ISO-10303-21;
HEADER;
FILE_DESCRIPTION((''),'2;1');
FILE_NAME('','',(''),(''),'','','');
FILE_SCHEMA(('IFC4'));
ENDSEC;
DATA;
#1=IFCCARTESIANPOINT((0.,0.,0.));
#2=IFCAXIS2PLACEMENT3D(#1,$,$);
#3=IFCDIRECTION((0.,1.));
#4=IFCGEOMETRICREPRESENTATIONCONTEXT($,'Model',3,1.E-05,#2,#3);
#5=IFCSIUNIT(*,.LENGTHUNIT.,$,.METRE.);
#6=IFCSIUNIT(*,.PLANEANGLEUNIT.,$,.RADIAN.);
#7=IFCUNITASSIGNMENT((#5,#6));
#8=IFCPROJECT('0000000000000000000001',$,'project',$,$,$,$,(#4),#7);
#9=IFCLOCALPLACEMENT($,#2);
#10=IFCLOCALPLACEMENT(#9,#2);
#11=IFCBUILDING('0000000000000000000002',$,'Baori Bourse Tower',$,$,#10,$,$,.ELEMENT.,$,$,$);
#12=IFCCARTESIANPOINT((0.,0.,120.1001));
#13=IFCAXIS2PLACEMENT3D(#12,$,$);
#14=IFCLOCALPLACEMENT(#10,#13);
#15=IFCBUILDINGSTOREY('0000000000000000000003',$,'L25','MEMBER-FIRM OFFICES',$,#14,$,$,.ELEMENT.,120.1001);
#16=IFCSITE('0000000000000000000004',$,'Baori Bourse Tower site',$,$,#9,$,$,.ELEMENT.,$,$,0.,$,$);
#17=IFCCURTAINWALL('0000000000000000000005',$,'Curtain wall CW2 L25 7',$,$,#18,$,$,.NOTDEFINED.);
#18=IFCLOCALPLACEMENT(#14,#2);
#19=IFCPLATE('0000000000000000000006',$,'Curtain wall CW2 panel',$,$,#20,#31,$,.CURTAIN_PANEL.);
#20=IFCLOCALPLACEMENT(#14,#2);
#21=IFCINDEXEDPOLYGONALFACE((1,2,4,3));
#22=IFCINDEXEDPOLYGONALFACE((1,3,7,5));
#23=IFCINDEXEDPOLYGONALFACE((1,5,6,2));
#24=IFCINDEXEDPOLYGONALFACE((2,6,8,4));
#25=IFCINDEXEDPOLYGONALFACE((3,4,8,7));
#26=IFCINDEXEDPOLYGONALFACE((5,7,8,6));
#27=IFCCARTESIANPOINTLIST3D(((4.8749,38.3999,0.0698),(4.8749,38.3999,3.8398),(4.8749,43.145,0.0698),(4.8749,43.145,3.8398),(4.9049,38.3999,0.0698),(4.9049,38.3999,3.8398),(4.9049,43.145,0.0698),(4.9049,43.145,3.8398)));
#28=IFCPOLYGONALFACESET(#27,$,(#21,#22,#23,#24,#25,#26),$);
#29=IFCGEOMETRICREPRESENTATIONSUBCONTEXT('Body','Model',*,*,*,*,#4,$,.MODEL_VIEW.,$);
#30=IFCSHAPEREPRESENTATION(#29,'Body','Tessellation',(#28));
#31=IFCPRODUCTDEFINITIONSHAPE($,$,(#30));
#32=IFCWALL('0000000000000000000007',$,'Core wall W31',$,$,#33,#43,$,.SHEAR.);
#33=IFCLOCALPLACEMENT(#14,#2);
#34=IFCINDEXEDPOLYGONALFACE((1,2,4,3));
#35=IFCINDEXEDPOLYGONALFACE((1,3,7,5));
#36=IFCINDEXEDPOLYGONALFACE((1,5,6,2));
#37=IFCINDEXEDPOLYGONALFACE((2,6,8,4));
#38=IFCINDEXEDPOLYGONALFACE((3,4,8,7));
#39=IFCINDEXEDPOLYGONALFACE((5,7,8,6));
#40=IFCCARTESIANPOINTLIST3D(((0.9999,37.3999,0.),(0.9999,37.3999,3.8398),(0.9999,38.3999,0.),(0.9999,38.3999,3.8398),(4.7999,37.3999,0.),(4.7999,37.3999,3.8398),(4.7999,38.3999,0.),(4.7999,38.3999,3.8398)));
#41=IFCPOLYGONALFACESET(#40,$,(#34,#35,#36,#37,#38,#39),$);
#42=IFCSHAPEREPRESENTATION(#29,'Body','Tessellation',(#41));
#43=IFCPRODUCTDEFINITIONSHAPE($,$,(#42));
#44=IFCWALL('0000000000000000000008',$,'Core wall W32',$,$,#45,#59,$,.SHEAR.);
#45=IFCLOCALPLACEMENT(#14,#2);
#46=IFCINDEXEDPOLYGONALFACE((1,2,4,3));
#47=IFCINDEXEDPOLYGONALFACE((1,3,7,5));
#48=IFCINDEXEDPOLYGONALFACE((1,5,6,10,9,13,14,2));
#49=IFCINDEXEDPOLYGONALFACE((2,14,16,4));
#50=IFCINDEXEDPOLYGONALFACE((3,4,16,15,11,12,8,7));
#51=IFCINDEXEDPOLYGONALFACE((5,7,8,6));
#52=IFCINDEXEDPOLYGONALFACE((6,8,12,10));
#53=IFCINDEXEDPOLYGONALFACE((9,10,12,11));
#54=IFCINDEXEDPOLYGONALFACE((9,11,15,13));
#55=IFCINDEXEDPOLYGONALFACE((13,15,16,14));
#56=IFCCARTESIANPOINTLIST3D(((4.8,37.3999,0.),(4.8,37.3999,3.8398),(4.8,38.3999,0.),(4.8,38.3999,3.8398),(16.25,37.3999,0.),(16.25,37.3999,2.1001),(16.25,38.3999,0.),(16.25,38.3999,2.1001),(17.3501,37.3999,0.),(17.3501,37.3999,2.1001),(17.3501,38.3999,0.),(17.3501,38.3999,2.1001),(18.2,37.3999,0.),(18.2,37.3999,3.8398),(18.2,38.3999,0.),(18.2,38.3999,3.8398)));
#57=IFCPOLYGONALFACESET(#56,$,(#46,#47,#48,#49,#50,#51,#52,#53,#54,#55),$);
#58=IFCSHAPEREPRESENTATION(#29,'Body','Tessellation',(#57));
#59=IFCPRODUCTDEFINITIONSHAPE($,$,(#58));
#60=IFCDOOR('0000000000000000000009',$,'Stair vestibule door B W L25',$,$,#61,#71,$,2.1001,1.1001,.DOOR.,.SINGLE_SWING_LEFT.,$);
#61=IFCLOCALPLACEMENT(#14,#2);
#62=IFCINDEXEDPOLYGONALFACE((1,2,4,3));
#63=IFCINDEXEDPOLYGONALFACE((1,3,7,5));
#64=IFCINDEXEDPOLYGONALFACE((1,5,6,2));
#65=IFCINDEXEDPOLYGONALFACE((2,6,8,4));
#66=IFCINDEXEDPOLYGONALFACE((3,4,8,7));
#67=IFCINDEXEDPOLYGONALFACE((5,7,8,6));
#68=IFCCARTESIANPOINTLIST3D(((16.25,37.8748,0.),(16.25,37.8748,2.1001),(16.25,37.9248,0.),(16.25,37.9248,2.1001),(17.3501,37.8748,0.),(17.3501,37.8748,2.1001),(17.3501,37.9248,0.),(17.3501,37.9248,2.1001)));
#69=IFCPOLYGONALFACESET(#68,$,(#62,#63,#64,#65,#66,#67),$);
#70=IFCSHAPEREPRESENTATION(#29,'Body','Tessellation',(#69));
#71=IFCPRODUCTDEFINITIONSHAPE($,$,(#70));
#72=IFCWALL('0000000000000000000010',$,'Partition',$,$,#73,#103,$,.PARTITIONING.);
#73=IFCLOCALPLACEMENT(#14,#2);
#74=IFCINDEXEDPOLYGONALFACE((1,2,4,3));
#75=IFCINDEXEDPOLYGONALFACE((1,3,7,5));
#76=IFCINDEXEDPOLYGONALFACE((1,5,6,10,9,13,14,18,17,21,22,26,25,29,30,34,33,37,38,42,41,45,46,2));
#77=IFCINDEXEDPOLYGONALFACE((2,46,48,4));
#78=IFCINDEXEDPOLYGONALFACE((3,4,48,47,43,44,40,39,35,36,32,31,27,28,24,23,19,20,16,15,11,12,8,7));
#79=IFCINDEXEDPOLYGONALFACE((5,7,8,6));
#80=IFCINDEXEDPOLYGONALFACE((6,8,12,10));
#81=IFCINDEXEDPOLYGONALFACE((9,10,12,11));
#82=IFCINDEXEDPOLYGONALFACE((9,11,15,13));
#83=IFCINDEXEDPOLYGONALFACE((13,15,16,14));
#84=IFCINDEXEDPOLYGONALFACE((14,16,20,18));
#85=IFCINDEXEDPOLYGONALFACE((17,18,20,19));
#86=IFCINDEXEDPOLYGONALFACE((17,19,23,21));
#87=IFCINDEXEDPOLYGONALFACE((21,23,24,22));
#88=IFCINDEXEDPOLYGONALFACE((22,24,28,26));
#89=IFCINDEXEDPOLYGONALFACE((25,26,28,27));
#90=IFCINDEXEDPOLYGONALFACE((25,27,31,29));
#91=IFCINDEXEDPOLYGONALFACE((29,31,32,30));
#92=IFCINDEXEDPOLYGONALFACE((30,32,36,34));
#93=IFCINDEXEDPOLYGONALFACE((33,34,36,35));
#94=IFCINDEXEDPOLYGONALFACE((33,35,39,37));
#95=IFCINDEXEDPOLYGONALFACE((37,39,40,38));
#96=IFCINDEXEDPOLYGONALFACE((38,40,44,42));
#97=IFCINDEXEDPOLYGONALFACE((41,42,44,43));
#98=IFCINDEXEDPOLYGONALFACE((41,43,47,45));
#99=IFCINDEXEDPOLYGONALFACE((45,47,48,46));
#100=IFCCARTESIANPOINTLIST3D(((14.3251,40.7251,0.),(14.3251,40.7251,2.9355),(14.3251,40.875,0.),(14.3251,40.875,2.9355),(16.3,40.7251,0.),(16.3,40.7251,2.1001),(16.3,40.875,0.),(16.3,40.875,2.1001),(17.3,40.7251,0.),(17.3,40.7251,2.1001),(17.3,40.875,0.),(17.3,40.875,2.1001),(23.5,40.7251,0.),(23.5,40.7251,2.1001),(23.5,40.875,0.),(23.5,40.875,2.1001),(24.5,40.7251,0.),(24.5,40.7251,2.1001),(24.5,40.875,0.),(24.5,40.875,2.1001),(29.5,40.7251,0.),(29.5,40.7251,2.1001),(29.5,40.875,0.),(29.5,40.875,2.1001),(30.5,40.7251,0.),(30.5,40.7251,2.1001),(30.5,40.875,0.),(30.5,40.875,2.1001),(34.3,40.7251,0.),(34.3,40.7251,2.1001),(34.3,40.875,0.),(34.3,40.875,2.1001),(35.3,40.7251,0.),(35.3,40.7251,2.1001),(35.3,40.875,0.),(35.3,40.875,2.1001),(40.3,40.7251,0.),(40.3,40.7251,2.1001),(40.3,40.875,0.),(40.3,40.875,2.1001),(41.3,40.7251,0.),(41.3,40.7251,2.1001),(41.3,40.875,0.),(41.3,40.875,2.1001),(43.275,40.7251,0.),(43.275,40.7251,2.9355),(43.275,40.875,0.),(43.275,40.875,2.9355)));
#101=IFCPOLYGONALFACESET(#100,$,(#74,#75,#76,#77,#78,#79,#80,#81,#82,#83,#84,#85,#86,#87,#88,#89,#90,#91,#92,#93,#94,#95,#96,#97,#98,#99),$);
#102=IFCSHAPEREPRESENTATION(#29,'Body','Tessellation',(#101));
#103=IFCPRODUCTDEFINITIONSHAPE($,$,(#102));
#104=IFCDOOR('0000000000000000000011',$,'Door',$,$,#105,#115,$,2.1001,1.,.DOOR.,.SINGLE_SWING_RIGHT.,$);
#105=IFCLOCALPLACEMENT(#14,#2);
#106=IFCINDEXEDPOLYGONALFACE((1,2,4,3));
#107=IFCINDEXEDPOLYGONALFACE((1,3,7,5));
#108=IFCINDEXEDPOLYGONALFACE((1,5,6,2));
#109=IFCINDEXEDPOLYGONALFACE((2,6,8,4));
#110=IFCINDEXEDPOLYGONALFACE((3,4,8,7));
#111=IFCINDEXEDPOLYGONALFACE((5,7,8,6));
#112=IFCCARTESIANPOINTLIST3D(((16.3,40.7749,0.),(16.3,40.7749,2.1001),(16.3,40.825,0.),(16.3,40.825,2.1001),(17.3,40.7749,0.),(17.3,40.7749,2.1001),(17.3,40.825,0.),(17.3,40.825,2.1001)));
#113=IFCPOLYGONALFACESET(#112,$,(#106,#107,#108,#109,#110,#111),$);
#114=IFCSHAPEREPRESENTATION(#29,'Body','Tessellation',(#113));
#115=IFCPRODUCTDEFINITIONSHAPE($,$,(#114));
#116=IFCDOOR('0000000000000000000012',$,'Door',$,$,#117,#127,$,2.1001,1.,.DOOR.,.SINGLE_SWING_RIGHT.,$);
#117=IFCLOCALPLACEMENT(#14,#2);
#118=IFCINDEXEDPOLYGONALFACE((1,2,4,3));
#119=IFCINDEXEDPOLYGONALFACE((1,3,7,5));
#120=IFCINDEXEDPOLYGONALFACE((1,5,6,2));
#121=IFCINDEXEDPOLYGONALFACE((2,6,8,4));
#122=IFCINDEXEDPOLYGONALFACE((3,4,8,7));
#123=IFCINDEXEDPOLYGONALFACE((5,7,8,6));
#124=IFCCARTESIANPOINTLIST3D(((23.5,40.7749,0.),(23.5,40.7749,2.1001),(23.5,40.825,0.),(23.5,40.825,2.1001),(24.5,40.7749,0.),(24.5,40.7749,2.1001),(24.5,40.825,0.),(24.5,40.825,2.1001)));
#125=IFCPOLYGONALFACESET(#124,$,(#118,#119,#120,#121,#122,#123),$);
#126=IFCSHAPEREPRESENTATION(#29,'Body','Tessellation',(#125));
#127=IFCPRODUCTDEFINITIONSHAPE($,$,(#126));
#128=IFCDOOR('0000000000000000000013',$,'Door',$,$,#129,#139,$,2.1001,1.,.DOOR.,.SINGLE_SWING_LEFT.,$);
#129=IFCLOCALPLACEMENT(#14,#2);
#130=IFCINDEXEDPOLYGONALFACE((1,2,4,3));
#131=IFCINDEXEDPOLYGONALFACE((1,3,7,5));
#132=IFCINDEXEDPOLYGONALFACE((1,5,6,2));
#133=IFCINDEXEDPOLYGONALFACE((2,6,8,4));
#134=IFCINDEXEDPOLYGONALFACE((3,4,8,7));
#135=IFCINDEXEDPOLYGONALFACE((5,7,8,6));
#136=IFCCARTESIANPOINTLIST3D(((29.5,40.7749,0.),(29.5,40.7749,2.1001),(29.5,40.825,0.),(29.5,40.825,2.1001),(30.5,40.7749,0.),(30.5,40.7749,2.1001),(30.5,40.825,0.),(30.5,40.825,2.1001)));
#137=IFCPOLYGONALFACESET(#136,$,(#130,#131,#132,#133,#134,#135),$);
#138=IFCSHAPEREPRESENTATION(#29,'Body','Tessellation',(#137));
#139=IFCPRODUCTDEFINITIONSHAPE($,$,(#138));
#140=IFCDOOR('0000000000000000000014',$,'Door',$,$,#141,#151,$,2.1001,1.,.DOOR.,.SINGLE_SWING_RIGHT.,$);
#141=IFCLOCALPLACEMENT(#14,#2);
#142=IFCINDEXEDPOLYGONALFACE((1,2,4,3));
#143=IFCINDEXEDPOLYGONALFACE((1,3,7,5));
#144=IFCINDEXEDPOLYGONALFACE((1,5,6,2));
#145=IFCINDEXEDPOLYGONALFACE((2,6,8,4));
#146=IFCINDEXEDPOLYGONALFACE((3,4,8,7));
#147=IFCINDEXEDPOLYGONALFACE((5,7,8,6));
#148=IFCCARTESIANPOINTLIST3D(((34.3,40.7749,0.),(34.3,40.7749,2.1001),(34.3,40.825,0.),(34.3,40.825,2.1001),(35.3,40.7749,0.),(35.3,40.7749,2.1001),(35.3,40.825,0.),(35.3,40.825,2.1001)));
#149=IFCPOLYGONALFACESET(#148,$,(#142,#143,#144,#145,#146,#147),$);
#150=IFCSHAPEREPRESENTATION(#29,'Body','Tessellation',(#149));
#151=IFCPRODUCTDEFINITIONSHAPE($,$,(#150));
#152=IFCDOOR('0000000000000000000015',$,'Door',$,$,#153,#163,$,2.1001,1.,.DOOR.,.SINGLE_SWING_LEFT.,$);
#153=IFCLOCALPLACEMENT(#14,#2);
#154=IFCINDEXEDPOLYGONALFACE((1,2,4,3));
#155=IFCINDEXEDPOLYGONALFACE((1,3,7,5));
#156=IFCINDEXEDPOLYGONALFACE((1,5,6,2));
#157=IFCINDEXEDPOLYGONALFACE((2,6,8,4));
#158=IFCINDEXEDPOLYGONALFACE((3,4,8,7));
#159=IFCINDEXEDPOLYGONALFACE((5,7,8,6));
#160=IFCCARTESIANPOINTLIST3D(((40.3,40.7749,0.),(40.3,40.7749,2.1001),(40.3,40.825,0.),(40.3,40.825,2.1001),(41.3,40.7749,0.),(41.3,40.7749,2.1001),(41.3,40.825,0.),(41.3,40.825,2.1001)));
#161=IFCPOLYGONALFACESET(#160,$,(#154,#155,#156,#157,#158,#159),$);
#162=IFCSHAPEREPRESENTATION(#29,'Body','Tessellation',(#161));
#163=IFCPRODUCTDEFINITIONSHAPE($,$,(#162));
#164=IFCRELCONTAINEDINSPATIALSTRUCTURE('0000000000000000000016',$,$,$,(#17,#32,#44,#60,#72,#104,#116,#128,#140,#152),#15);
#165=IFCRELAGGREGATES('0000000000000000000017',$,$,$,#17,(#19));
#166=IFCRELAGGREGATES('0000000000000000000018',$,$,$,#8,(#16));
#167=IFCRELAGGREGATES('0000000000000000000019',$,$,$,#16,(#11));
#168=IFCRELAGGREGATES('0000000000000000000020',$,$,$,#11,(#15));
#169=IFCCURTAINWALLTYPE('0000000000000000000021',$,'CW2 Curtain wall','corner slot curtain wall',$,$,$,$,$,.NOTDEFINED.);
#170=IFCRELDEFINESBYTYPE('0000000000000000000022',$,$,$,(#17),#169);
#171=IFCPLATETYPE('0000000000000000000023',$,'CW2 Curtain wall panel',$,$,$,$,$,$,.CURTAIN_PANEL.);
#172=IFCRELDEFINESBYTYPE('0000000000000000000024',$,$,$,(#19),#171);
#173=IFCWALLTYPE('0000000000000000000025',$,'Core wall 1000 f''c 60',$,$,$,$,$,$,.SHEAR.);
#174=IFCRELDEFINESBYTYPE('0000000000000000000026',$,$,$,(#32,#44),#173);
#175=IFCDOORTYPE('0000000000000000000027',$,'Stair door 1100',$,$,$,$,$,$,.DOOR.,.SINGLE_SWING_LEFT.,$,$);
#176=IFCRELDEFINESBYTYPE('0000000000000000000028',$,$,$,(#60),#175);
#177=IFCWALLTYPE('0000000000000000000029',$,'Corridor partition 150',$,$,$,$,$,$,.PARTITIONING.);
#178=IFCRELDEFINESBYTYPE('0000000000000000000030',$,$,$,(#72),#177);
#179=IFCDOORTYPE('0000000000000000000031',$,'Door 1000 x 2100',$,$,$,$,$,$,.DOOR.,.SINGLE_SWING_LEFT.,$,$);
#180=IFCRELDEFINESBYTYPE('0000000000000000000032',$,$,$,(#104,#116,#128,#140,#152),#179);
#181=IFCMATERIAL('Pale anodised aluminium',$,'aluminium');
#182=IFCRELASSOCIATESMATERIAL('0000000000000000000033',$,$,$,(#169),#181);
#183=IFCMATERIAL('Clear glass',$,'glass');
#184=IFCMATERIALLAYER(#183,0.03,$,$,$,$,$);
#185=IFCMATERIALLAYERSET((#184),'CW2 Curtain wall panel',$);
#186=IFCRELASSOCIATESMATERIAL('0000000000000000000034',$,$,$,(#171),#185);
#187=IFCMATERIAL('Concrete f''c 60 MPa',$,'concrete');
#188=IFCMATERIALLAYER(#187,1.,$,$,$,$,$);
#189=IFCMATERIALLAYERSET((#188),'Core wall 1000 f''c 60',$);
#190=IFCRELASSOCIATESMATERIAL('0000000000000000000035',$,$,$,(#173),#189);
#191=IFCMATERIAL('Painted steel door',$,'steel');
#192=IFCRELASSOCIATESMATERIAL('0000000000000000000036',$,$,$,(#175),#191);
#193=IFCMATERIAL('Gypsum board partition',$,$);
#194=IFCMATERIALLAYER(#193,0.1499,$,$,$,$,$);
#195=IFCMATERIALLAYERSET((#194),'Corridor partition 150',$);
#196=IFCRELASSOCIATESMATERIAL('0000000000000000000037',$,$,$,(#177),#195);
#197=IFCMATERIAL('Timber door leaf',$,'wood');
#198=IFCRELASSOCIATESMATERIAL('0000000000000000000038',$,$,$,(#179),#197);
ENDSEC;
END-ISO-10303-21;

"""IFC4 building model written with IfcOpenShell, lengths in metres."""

from ifc_helpers import new_model, si_unit, direction, frame, frame_2d, origin, origin_2d, place, context, subcontext, project, spatial, rectangle, extrude, material, layer, layer_set, type_object, element, fill, aggregate, save


model = new_model("IFC4")

# Units and contexts
model_context = context("Model", 3, precision=1e-05, world=origin(), true_north=direction((0.0, 1.0)))
body_context = subcontext(model_context, "Body", "Model", "MODEL_VIEW")
ifc_project = project(units=[si_unit("LENGTHUNIT", "METRE"), si_unit("PLANEANGLEUNIT", "RADIAN")], contexts=[model_context])

# Site, building, storey
site_placement = place(None, origin())
site = spatial("IfcSite", under=ifc_project, at=site_placement, Name="Baori Bourse Tower site", CompositionType="ELEMENT", RefElevation=0.0)
building_placement = place(site_placement, origin())
building = spatial("IfcBuilding", under=site, at=building_placement, Name="Baori Bourse Tower", CompositionType="ELEMENT")
storey_placement = place(building_placement, frame((0.0, 0.0, 120.1001)))
storey = spatial("IfcBuildingStorey", under=building, at=storey_placement, Name="L25", Description="MEMBER-FIRM OFFICES", CompositionType="ELEMENT", Elevation=120.1001)

# Curtain wall
ifc_material_1 = material(Name="Pale anodised aluminium", Category="aluminium")
curtain_wall_type = type_object("IfcCurtainWallType", Name="CW2 Curtain wall", Description="corner slot curtain wall", PredefinedType="NOTDEFINED", material=ifc_material_1)
curtain_wall_1_placement = place(storey_placement, origin())
curtain_wall_1 = element("IfcCurtainWall", 1, at=curtain_wall_1_placement, inside=storey, type_object=curtain_wall_type, Name="Curtain wall CW2 L25 7", PredefinedType="NOTDEFINED")

# Plate
ifc_material_2 = material(Name="Clear glass", Category="glass")
ifc_layer_1 = layer(ifc_material_2, 0.03)
ifc_layer_set_1 = layer_set([ifc_layer_1], Name="CW2 Curtain wall panel")
plate_type = type_object("IfcPlateType", Name="CW2 Curtain wall panel", PredefinedType="CURTAIN_PANEL", material=ifc_layer_set_1)
plate_1_placement = place(storey_placement, frame((4.8899, 40.7725, 0.0698), z_axis=(0.0, 0.0, 1.0), x_axis=(0.0, -1.0, 0.0)))
plate_1 = element("IfcPlate", 2, at=plate_1_placement, type_object=plate_type, Name="Curtain wall CW2 panel", PredefinedType="CURTAIN_PANEL", context=body_context, shape_type="SweptSolid", body=[
    extrude(rectangle(XDim=4.7451, YDim=0.03, at=origin_2d()), origin(), (0.0, 0.0, 1.0), 3.77),
])
aggregate(curtain_wall_1, [plate_1])

# Wall
ifc_material_3 = material(Name="Concrete f'c 60 MPa", Category="concrete")
ifc_layer_2 = layer(ifc_material_3, 1.0)
ifc_layer_set_2 = layer_set([ifc_layer_2], Name="Core wall 1000 f'c 60")
wall_type_1 = type_object("IfcWallType", Name="Core wall 1000 f'c 60", PredefinedType="SHEAR", material=ifc_layer_set_2)
wall_1_placement = place(storey_placement, frame((1.0, 37.8999, 0.0), z_axis=(0.0, 0.0, 1.0), x_axis=(1.0, 0.0, 0.0)))
element("IfcWall", 3, at=wall_1_placement, inside=storey, type_object=wall_type_1, Name="Core wall W31", PredefinedType="SHEAR", context=body_context, shape_type="SweptSolid", body=[
    extrude(rectangle(XDim=3.8, YDim=1.0, at=frame_2d((1.8999, 0.0))), origin(), (0.0, 0.0, 1.0), 3.8398),
])

# Wall, opening, door
wall_2_placement = place(storey_placement, frame((4.8, 37.8999, 0.0), z_axis=(0.0, 0.0, 1.0), x_axis=(1.0, 0.0, 0.0)))
wall_2 = element("IfcWall", 4, at=wall_2_placement, inside=storey, type_object=wall_type_1, Name="Core wall W32", PredefinedType="SHEAR", context=body_context, shape_type="SweptSolid", body=[
    extrude(rectangle(XDim=13.3999, YDim=1.0, at=frame_2d((6.7, 0.0))), origin(), (0.0, 0.0, 1.0), 3.8398),
])
opening_1_placement = place(wall_2_placement, frame((11.45, 0.0, 0.0)))
opening_1 = element("IfcOpeningElement", 5, at=opening_1_placement, cuts=wall_2, PredefinedType="OPENING", context=body_context, shape_type="SweptSolid", body=[
    extrude(rectangle(XDim=1.1001, YDim=2.1001, at=frame_2d((0.55, 1.05))), frame((0.0, 0.51, 0.0), z_axis=(0.0, -1.0, 0.0), x_axis=(1.0, 0.0, 0.0)), (0.0, 0.0, 1.0), 1.02),
])
ifc_material_4 = material(Name="Painted steel door", Category="steel")
door_type_1 = type_object("IfcDoorType", Name="Stair door 1100", OperationType="SINGLE_SWING_LEFT", PredefinedType="DOOR", material=ifc_material_4)
door_1_placement = place(opening_1_placement, origin())
door_1 = element("IfcDoor", 6, at=door_1_placement, inside=storey, type_object=door_type_1, Name="Stair vestibule door B W L25", OperationType="SINGLE_SWING_LEFT", OverallHeight=2.1001, OverallWidth=1.1001, PredefinedType="DOOR", context=body_context, shape_type="SweptSolid", body=[
    extrude(rectangle(XDim=1.1001, YDim=2.1001, at=frame_2d((0.55, 1.05))), frame((0.0, 0.0249, 0.0), z_axis=(0.0, -1.0, 0.0), x_axis=(1.0, 0.0, 0.0)), (0.0, 0.0, 1.0), 0.05),
])
fill(opening_1, door_1)

# Wall, openings, doors
ifc_material_5 = material(Name="Gypsum board partition")
ifc_layer_3 = layer(ifc_material_5, 0.1499)
ifc_layer_set_3 = layer_set([ifc_layer_3], Name="Corridor partition 150")
wall_type_2 = type_object("IfcWallType", Name="Corridor partition 150", PredefinedType="PARTITIONING", material=ifc_layer_set_3)
wall_3_placement = place(storey_placement, frame((14.325, 40.8, 0.0), z_axis=(0.0, 0.0, 1.0), x_axis=(1.0, 0.0, 0.0)))
wall_3 = element("IfcWall", 7, at=wall_3_placement, inside=storey, type_object=wall_type_2, Name="Partition", PredefinedType="PARTITIONING", context=body_context, shape_type="SweptSolid", body=[
    extrude(rectangle(XDim=28.95, YDim=0.1499, at=frame_2d((14.4751, 0.0))), origin(), (0.0, 0.0, 1.0), 2.9355),
])
opening_2_placement = place(wall_3_placement, frame((1.9751, 0.0, 0.0)))
opening_2 = element("IfcOpeningElement", 8, at=opening_2_placement, cuts=wall_3, PredefinedType="OPENING", context=body_context, shape_type="SweptSolid", body=[
    extrude(rectangle(XDim=1.0, YDim=2.1001, at=frame_2d((0.5, 1.05))), frame((0.0, 0.085, 0.0), z_axis=(0.0, -1.0, 0.0), x_axis=(1.0, 0.0, 0.0)), (0.0, 0.0, 1.0), 0.1699),
])
opening_3_placement = place(wall_3_placement, frame((9.175, 0.0, 0.0)))
opening_3 = element("IfcOpeningElement", 9, at=opening_3_placement, cuts=wall_3, PredefinedType="OPENING", context=body_context, shape_type="SweptSolid", body=[
    extrude(rectangle(XDim=1.0, YDim=2.1001, at=frame_2d((0.5, 1.05))), frame((0.0, 0.085, 0.0), z_axis=(0.0, -1.0, 0.0), x_axis=(1.0, 0.0, 0.0)), (0.0, 0.0, 1.0), 0.1699),
])
opening_4_placement = place(wall_3_placement, frame((15.175, 0.0, 0.0)))
opening_4 = element("IfcOpeningElement", 10, at=opening_4_placement, cuts=wall_3, PredefinedType="OPENING", context=body_context, shape_type="SweptSolid", body=[
    extrude(rectangle(XDim=1.0, YDim=2.1001, at=frame_2d((0.5, 1.05))), frame((0.0, 0.085, 0.0), z_axis=(0.0, -1.0, 0.0), x_axis=(1.0, 0.0, 0.0)), (0.0, 0.0, 1.0), 0.1699),
])
opening_5_placement = place(wall_3_placement, frame((19.9751, 0.0, 0.0)))
opening_5 = element("IfcOpeningElement", 11, at=opening_5_placement, cuts=wall_3, PredefinedType="OPENING", context=body_context, shape_type="SweptSolid", body=[
    extrude(rectangle(XDim=1.0, YDim=2.1001, at=frame_2d((0.5, 1.05))), frame((0.0, 0.085, 0.0), z_axis=(0.0, -1.0, 0.0), x_axis=(1.0, 0.0, 0.0)), (0.0, 0.0, 1.0), 0.1699),
])
opening_6_placement = place(wall_3_placement, frame((25.9751, 0.0, 0.0)))
opening_6 = element("IfcOpeningElement", 12, at=opening_6_placement, cuts=wall_3, PredefinedType="OPENING", context=body_context, shape_type="SweptSolid", body=[
    extrude(rectangle(XDim=1.0, YDim=2.1001, at=frame_2d((0.5, 1.05))), frame((0.0, 0.085, 0.0), z_axis=(0.0, -1.0, 0.0), x_axis=(1.0, 0.0, 0.0)), (0.0, 0.0, 1.0), 0.1699),
])
ifc_material_6 = material(Name="Timber door leaf", Category="wood")
door_type_2 = type_object("IfcDoorType", Name="Door 1000 x 2100", OperationType="SINGLE_SWING_LEFT", PredefinedType="DOOR", material=ifc_material_6)
door_2_placement = place(opening_2_placement, origin())
door_2 = element("IfcDoor", 13, at=door_2_placement, inside=storey, type_object=door_type_2, Name="Door", OperationType="SINGLE_SWING_RIGHT", OverallHeight=2.1001, OverallWidth=1.0, PredefinedType="DOOR", context=body_context, shape_type="SweptSolid", body=[
    extrude(rectangle(XDim=1.0, YDim=2.1001, at=frame_2d((0.5, 1.05))), frame((0.0, 0.0249, 0.0), z_axis=(0.0, -1.0, 0.0), x_axis=(1.0, 0.0, 0.0)), (0.0, 0.0, 1.0), 0.05),
])
fill(opening_2, door_2)
door_3_placement = place(opening_3_placement, origin())
door_3 = element("IfcDoor", 14, at=door_3_placement, inside=storey, type_object=door_type_2, Name="Door", OperationType="SINGLE_SWING_RIGHT", OverallHeight=2.1001, OverallWidth=1.0, PredefinedType="DOOR", context=body_context, shape_type="SweptSolid", body=[
    extrude(rectangle(XDim=1.0, YDim=2.1001, at=frame_2d((0.5, 1.05))), frame((0.0, 0.0249, 0.0), z_axis=(0.0, -1.0, 0.0), x_axis=(1.0, 0.0, 0.0)), (0.0, 0.0, 1.0), 0.05),
])
fill(opening_3, door_3)
door_4_placement = place(opening_4_placement, origin())
door_4 = element("IfcDoor", 15, at=door_4_placement, inside=storey, type_object=door_type_2, Name="Door", OperationType="SINGLE_SWING_LEFT", OverallHeight=2.1001, OverallWidth=1.0, PredefinedType="DOOR", context=body_context, shape_type="SweptSolid", body=[
    extrude(rectangle(XDim=1.0, YDim=2.1001, at=frame_2d((0.5, 1.05))), frame((0.0, 0.0249, 0.0), z_axis=(0.0, -1.0, 0.0), x_axis=(1.0, 0.0, 0.0)), (0.0, 0.0, 1.0), 0.05),
])
fill(opening_4, door_4)
door_5_placement = place(opening_5_placement, origin())
door_5 = element("IfcDoor", 16, at=door_5_placement, inside=storey, type_object=door_type_2, Name="Door", OperationType="SINGLE_SWING_RIGHT", OverallHeight=2.1001, OverallWidth=1.0, PredefinedType="DOOR", context=body_context, shape_type="SweptSolid", body=[
    extrude(rectangle(XDim=1.0, YDim=2.1001, at=frame_2d((0.5, 1.05))), frame((0.0, 0.0249, 0.0), z_axis=(0.0, -1.0, 0.0), x_axis=(1.0, 0.0, 0.0)), (0.0, 0.0, 1.0), 0.05),
])
fill(opening_5, door_5)
door_6_placement = place(opening_6_placement, origin())
door_6 = element("IfcDoor", 17, at=door_6_placement, inside=storey, type_object=door_type_2, Name="Door", OperationType="SINGLE_SWING_LEFT", OverallHeight=2.1001, OverallWidth=1.0, PredefinedType="DOOR", context=body_context, shape_type="SweptSolid", body=[
    extrude(rectangle(XDim=1.0, YDim=2.1001, at=frame_2d((0.5, 1.05))), frame((0.0, 0.0249, 0.0), z_axis=(0.0, -1.0, 0.0), x_axis=(1.0, 0.0, 0.0)), (0.0, 0.0, 1.0), 0.05),
])
fill(opening_6, door_6)

save(model, "model.ifc")
